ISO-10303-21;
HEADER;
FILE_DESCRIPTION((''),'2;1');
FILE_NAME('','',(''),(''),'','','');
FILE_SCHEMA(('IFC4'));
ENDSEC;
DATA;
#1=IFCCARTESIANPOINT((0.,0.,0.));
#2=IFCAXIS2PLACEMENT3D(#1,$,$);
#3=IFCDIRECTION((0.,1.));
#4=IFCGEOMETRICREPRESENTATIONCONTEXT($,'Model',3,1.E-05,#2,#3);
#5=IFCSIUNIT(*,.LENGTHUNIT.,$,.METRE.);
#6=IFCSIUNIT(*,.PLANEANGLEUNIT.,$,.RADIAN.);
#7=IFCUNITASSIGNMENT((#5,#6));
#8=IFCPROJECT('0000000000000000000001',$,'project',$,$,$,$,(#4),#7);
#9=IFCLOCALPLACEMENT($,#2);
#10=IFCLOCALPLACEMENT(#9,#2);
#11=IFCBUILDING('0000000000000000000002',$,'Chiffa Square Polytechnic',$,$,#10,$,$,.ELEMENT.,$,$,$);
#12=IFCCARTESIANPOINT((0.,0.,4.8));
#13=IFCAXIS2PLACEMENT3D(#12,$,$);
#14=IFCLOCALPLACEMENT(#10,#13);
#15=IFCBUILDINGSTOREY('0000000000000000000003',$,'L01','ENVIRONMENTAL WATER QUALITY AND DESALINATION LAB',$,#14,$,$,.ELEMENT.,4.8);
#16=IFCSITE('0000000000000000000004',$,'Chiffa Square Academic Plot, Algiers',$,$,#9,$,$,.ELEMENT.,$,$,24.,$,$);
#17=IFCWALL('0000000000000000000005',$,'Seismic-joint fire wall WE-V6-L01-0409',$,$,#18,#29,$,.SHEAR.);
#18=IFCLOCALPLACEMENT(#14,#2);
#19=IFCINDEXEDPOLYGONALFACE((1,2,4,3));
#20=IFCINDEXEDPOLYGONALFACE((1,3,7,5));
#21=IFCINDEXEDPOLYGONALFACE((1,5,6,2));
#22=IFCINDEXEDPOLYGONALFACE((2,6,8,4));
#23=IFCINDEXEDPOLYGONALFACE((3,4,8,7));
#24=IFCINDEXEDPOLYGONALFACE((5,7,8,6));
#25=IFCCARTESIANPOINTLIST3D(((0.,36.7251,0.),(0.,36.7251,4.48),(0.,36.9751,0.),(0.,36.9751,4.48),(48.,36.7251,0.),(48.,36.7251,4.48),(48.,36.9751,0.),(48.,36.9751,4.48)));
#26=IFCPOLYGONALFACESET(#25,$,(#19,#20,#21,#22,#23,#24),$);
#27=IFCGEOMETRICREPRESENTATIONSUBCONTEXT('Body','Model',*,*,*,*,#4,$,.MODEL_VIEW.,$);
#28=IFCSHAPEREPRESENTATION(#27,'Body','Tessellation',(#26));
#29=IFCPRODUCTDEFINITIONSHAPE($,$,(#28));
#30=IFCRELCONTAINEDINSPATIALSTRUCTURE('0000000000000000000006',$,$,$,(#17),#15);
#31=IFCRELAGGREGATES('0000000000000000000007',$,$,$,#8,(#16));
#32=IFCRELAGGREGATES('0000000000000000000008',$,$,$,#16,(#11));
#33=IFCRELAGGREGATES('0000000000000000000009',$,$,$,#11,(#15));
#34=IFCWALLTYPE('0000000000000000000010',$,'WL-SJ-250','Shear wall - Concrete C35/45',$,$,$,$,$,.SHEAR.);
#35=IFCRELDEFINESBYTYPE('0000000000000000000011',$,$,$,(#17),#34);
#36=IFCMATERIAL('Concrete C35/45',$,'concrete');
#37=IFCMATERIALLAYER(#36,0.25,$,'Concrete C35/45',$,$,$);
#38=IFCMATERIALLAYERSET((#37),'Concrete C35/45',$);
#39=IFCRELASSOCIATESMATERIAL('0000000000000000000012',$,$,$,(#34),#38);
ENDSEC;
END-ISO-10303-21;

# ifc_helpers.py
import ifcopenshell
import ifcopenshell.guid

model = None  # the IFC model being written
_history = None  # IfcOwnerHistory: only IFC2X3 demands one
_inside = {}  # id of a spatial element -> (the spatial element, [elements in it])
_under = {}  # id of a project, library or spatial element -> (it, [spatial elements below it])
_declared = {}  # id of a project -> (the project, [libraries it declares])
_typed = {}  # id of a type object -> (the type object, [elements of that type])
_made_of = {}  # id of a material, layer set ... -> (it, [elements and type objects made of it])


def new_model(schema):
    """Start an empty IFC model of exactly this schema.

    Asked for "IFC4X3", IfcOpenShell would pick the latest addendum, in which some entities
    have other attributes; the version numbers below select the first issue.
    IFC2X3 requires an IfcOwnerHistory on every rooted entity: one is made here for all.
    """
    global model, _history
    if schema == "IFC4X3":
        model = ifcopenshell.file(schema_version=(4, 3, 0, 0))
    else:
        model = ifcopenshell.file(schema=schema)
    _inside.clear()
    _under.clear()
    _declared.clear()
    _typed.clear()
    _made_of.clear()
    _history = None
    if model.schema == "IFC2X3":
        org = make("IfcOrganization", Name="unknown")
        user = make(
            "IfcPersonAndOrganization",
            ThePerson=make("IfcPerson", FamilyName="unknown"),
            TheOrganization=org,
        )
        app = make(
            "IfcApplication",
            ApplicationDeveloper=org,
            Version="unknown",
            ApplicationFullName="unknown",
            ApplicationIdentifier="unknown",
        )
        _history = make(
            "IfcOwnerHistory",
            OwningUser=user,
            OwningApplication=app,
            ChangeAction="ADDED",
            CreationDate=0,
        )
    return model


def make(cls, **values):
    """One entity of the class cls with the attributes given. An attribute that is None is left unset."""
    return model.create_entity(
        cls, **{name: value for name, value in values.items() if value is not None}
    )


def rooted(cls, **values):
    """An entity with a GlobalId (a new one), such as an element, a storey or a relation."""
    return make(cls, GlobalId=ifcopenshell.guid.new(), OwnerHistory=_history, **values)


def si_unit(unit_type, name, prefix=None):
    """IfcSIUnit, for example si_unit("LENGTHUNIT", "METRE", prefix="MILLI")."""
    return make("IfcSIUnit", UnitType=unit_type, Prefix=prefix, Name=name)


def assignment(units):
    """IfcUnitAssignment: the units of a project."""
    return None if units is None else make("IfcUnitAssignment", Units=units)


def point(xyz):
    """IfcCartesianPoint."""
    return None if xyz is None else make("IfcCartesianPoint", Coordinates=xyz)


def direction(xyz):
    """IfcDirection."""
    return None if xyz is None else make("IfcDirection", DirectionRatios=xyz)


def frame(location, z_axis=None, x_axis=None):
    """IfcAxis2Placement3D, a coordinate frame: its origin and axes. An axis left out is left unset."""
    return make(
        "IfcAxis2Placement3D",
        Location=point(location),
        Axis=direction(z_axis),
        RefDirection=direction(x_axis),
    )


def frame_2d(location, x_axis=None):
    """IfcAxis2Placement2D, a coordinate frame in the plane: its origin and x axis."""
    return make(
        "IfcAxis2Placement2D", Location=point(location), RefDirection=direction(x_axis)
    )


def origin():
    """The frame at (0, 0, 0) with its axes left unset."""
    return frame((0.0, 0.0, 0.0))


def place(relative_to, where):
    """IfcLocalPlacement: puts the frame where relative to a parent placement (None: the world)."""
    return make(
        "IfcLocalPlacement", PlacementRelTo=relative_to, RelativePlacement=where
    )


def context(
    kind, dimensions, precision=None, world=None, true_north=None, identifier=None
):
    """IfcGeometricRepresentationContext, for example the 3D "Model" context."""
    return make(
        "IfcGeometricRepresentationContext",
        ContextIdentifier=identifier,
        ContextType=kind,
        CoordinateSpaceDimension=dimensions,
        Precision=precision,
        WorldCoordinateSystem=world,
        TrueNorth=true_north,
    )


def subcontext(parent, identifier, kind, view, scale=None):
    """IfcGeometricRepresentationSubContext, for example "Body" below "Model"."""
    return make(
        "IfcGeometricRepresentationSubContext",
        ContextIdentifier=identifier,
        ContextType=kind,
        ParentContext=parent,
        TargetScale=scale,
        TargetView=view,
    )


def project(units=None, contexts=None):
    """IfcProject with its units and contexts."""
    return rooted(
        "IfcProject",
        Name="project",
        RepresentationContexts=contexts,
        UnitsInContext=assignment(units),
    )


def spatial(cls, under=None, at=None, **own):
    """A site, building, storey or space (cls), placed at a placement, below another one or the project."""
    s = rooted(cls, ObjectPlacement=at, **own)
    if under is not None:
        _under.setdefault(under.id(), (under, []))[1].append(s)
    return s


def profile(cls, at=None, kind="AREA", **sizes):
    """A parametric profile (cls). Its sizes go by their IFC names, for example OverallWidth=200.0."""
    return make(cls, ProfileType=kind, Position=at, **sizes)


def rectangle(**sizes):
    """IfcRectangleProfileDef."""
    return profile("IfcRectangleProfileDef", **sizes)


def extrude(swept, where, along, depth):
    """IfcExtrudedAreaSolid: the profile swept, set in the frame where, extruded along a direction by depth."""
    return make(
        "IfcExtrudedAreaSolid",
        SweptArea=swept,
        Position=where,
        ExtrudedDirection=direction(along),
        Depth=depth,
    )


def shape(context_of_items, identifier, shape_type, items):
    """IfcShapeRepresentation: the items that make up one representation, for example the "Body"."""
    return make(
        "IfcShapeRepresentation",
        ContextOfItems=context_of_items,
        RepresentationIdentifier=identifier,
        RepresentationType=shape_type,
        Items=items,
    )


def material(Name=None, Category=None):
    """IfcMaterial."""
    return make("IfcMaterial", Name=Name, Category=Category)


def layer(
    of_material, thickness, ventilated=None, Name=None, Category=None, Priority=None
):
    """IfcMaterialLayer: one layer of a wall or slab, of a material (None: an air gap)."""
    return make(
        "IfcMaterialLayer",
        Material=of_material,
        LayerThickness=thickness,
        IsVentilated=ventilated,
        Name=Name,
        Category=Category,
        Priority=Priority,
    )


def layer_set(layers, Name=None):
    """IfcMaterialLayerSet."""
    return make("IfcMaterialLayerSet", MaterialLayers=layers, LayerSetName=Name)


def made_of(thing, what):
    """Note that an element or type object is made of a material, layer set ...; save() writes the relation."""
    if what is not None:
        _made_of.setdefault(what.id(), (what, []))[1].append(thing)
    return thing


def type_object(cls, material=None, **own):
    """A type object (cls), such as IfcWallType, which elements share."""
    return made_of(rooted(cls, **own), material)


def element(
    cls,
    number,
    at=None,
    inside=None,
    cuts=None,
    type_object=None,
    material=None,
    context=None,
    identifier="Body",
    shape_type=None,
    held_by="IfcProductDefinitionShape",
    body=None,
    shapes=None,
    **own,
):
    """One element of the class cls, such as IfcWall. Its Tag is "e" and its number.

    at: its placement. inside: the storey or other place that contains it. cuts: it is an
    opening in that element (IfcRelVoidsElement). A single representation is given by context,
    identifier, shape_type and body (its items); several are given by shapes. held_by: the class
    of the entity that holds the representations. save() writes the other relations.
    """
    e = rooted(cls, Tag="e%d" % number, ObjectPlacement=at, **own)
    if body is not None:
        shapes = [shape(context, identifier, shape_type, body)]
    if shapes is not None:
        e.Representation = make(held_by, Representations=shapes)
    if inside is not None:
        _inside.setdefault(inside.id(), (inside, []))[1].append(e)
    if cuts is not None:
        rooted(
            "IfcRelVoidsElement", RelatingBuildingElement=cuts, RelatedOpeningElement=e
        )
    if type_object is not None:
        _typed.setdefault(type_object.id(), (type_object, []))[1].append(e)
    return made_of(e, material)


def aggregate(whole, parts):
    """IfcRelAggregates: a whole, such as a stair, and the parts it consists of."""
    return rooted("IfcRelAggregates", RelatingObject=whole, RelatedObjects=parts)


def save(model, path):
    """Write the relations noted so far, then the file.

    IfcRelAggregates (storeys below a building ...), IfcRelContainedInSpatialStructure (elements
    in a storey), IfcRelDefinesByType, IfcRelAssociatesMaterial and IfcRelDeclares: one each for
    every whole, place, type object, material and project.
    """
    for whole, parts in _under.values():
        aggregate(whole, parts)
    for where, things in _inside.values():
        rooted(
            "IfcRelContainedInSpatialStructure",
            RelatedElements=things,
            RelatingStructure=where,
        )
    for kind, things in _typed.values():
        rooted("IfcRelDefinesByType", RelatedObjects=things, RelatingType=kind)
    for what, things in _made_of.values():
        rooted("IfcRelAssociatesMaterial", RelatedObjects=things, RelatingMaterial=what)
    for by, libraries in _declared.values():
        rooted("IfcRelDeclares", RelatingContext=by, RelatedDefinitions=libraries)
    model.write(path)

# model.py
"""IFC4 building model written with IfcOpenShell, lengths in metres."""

from ifc_helpers import new_model, si_unit, direction, frame, frame_2d, origin, place, context, subcontext, project, spatial, rectangle, extrude, material, layer, layer_set, type_object, element, save


model = new_model("IFC4")

# Units and contexts
model_context = context("Model", 3, precision=1e-05, world=origin(), true_north=direction((0.0, 1.0)))
body_context = subcontext(model_context, "Body", "Model", "MODEL_VIEW")
ifc_project = project(units=[si_unit("LENGTHUNIT", "METRE"), si_unit("PLANEANGLEUNIT", "RADIAN")], contexts=[model_context])

# Site, building, storey
site_placement = place(None, origin())
site = spatial("IfcSite", under=ifc_project, at=site_placement, Name="Chiffa Square Academic Plot, Algiers", CompositionType="ELEMENT", RefElevation=24.0)
building_placement = place(site_placement, origin())
building = spatial("IfcBuilding", under=site, at=building_placement, Name="Chiffa Square Polytechnic", CompositionType="ELEMENT")
storey_placement = place(building_placement, frame((0.0, 0.0, 4.8)))
storey = spatial("IfcBuildingStorey", under=building, at=storey_placement, Name="L01", Description="ENVIRONMENTAL WATER QUALITY AND DESALINATION LAB", CompositionType="ELEMENT", Elevation=4.8)

# Shared definitions
ifc_material_1 = material(Name="Concrete C35/45", Category="concrete")

# Wall
ifc_layer_1 = layer(ifc_material_1, 0.25, Name="Concrete C35/45")
ifc_layer_set_1 = layer_set([ifc_layer_1], Name="Concrete C35/45")
wall_type_1 = type_object("IfcWallType", Name="WL-SJ-250", Description="Shear wall - Concrete C35/45", PredefinedType="SHEAR", material=ifc_layer_set_1)
wall_1_placement = place(storey_placement, frame((0.0, 36.8501, 0.0), z_axis=(0.0, 0.0, 1.0), x_axis=(1.0, 0.0, 0.0)))
element("IfcWall", 1, at=wall_1_placement, inside=storey, type_object=wall_type_1, Name="Seismic-joint fire wall WE-V6-L01-0409", PredefinedType="SHEAR", context=body_context, shape_type="SweptSolid", body=[
    extrude(rectangle(XDim=48.0, YDim=0.25, at=frame_2d((24.0, 0.0))), origin(), (0.0, 0.0, 1.0), 4.48),
])

save(model, "model.ifc")
